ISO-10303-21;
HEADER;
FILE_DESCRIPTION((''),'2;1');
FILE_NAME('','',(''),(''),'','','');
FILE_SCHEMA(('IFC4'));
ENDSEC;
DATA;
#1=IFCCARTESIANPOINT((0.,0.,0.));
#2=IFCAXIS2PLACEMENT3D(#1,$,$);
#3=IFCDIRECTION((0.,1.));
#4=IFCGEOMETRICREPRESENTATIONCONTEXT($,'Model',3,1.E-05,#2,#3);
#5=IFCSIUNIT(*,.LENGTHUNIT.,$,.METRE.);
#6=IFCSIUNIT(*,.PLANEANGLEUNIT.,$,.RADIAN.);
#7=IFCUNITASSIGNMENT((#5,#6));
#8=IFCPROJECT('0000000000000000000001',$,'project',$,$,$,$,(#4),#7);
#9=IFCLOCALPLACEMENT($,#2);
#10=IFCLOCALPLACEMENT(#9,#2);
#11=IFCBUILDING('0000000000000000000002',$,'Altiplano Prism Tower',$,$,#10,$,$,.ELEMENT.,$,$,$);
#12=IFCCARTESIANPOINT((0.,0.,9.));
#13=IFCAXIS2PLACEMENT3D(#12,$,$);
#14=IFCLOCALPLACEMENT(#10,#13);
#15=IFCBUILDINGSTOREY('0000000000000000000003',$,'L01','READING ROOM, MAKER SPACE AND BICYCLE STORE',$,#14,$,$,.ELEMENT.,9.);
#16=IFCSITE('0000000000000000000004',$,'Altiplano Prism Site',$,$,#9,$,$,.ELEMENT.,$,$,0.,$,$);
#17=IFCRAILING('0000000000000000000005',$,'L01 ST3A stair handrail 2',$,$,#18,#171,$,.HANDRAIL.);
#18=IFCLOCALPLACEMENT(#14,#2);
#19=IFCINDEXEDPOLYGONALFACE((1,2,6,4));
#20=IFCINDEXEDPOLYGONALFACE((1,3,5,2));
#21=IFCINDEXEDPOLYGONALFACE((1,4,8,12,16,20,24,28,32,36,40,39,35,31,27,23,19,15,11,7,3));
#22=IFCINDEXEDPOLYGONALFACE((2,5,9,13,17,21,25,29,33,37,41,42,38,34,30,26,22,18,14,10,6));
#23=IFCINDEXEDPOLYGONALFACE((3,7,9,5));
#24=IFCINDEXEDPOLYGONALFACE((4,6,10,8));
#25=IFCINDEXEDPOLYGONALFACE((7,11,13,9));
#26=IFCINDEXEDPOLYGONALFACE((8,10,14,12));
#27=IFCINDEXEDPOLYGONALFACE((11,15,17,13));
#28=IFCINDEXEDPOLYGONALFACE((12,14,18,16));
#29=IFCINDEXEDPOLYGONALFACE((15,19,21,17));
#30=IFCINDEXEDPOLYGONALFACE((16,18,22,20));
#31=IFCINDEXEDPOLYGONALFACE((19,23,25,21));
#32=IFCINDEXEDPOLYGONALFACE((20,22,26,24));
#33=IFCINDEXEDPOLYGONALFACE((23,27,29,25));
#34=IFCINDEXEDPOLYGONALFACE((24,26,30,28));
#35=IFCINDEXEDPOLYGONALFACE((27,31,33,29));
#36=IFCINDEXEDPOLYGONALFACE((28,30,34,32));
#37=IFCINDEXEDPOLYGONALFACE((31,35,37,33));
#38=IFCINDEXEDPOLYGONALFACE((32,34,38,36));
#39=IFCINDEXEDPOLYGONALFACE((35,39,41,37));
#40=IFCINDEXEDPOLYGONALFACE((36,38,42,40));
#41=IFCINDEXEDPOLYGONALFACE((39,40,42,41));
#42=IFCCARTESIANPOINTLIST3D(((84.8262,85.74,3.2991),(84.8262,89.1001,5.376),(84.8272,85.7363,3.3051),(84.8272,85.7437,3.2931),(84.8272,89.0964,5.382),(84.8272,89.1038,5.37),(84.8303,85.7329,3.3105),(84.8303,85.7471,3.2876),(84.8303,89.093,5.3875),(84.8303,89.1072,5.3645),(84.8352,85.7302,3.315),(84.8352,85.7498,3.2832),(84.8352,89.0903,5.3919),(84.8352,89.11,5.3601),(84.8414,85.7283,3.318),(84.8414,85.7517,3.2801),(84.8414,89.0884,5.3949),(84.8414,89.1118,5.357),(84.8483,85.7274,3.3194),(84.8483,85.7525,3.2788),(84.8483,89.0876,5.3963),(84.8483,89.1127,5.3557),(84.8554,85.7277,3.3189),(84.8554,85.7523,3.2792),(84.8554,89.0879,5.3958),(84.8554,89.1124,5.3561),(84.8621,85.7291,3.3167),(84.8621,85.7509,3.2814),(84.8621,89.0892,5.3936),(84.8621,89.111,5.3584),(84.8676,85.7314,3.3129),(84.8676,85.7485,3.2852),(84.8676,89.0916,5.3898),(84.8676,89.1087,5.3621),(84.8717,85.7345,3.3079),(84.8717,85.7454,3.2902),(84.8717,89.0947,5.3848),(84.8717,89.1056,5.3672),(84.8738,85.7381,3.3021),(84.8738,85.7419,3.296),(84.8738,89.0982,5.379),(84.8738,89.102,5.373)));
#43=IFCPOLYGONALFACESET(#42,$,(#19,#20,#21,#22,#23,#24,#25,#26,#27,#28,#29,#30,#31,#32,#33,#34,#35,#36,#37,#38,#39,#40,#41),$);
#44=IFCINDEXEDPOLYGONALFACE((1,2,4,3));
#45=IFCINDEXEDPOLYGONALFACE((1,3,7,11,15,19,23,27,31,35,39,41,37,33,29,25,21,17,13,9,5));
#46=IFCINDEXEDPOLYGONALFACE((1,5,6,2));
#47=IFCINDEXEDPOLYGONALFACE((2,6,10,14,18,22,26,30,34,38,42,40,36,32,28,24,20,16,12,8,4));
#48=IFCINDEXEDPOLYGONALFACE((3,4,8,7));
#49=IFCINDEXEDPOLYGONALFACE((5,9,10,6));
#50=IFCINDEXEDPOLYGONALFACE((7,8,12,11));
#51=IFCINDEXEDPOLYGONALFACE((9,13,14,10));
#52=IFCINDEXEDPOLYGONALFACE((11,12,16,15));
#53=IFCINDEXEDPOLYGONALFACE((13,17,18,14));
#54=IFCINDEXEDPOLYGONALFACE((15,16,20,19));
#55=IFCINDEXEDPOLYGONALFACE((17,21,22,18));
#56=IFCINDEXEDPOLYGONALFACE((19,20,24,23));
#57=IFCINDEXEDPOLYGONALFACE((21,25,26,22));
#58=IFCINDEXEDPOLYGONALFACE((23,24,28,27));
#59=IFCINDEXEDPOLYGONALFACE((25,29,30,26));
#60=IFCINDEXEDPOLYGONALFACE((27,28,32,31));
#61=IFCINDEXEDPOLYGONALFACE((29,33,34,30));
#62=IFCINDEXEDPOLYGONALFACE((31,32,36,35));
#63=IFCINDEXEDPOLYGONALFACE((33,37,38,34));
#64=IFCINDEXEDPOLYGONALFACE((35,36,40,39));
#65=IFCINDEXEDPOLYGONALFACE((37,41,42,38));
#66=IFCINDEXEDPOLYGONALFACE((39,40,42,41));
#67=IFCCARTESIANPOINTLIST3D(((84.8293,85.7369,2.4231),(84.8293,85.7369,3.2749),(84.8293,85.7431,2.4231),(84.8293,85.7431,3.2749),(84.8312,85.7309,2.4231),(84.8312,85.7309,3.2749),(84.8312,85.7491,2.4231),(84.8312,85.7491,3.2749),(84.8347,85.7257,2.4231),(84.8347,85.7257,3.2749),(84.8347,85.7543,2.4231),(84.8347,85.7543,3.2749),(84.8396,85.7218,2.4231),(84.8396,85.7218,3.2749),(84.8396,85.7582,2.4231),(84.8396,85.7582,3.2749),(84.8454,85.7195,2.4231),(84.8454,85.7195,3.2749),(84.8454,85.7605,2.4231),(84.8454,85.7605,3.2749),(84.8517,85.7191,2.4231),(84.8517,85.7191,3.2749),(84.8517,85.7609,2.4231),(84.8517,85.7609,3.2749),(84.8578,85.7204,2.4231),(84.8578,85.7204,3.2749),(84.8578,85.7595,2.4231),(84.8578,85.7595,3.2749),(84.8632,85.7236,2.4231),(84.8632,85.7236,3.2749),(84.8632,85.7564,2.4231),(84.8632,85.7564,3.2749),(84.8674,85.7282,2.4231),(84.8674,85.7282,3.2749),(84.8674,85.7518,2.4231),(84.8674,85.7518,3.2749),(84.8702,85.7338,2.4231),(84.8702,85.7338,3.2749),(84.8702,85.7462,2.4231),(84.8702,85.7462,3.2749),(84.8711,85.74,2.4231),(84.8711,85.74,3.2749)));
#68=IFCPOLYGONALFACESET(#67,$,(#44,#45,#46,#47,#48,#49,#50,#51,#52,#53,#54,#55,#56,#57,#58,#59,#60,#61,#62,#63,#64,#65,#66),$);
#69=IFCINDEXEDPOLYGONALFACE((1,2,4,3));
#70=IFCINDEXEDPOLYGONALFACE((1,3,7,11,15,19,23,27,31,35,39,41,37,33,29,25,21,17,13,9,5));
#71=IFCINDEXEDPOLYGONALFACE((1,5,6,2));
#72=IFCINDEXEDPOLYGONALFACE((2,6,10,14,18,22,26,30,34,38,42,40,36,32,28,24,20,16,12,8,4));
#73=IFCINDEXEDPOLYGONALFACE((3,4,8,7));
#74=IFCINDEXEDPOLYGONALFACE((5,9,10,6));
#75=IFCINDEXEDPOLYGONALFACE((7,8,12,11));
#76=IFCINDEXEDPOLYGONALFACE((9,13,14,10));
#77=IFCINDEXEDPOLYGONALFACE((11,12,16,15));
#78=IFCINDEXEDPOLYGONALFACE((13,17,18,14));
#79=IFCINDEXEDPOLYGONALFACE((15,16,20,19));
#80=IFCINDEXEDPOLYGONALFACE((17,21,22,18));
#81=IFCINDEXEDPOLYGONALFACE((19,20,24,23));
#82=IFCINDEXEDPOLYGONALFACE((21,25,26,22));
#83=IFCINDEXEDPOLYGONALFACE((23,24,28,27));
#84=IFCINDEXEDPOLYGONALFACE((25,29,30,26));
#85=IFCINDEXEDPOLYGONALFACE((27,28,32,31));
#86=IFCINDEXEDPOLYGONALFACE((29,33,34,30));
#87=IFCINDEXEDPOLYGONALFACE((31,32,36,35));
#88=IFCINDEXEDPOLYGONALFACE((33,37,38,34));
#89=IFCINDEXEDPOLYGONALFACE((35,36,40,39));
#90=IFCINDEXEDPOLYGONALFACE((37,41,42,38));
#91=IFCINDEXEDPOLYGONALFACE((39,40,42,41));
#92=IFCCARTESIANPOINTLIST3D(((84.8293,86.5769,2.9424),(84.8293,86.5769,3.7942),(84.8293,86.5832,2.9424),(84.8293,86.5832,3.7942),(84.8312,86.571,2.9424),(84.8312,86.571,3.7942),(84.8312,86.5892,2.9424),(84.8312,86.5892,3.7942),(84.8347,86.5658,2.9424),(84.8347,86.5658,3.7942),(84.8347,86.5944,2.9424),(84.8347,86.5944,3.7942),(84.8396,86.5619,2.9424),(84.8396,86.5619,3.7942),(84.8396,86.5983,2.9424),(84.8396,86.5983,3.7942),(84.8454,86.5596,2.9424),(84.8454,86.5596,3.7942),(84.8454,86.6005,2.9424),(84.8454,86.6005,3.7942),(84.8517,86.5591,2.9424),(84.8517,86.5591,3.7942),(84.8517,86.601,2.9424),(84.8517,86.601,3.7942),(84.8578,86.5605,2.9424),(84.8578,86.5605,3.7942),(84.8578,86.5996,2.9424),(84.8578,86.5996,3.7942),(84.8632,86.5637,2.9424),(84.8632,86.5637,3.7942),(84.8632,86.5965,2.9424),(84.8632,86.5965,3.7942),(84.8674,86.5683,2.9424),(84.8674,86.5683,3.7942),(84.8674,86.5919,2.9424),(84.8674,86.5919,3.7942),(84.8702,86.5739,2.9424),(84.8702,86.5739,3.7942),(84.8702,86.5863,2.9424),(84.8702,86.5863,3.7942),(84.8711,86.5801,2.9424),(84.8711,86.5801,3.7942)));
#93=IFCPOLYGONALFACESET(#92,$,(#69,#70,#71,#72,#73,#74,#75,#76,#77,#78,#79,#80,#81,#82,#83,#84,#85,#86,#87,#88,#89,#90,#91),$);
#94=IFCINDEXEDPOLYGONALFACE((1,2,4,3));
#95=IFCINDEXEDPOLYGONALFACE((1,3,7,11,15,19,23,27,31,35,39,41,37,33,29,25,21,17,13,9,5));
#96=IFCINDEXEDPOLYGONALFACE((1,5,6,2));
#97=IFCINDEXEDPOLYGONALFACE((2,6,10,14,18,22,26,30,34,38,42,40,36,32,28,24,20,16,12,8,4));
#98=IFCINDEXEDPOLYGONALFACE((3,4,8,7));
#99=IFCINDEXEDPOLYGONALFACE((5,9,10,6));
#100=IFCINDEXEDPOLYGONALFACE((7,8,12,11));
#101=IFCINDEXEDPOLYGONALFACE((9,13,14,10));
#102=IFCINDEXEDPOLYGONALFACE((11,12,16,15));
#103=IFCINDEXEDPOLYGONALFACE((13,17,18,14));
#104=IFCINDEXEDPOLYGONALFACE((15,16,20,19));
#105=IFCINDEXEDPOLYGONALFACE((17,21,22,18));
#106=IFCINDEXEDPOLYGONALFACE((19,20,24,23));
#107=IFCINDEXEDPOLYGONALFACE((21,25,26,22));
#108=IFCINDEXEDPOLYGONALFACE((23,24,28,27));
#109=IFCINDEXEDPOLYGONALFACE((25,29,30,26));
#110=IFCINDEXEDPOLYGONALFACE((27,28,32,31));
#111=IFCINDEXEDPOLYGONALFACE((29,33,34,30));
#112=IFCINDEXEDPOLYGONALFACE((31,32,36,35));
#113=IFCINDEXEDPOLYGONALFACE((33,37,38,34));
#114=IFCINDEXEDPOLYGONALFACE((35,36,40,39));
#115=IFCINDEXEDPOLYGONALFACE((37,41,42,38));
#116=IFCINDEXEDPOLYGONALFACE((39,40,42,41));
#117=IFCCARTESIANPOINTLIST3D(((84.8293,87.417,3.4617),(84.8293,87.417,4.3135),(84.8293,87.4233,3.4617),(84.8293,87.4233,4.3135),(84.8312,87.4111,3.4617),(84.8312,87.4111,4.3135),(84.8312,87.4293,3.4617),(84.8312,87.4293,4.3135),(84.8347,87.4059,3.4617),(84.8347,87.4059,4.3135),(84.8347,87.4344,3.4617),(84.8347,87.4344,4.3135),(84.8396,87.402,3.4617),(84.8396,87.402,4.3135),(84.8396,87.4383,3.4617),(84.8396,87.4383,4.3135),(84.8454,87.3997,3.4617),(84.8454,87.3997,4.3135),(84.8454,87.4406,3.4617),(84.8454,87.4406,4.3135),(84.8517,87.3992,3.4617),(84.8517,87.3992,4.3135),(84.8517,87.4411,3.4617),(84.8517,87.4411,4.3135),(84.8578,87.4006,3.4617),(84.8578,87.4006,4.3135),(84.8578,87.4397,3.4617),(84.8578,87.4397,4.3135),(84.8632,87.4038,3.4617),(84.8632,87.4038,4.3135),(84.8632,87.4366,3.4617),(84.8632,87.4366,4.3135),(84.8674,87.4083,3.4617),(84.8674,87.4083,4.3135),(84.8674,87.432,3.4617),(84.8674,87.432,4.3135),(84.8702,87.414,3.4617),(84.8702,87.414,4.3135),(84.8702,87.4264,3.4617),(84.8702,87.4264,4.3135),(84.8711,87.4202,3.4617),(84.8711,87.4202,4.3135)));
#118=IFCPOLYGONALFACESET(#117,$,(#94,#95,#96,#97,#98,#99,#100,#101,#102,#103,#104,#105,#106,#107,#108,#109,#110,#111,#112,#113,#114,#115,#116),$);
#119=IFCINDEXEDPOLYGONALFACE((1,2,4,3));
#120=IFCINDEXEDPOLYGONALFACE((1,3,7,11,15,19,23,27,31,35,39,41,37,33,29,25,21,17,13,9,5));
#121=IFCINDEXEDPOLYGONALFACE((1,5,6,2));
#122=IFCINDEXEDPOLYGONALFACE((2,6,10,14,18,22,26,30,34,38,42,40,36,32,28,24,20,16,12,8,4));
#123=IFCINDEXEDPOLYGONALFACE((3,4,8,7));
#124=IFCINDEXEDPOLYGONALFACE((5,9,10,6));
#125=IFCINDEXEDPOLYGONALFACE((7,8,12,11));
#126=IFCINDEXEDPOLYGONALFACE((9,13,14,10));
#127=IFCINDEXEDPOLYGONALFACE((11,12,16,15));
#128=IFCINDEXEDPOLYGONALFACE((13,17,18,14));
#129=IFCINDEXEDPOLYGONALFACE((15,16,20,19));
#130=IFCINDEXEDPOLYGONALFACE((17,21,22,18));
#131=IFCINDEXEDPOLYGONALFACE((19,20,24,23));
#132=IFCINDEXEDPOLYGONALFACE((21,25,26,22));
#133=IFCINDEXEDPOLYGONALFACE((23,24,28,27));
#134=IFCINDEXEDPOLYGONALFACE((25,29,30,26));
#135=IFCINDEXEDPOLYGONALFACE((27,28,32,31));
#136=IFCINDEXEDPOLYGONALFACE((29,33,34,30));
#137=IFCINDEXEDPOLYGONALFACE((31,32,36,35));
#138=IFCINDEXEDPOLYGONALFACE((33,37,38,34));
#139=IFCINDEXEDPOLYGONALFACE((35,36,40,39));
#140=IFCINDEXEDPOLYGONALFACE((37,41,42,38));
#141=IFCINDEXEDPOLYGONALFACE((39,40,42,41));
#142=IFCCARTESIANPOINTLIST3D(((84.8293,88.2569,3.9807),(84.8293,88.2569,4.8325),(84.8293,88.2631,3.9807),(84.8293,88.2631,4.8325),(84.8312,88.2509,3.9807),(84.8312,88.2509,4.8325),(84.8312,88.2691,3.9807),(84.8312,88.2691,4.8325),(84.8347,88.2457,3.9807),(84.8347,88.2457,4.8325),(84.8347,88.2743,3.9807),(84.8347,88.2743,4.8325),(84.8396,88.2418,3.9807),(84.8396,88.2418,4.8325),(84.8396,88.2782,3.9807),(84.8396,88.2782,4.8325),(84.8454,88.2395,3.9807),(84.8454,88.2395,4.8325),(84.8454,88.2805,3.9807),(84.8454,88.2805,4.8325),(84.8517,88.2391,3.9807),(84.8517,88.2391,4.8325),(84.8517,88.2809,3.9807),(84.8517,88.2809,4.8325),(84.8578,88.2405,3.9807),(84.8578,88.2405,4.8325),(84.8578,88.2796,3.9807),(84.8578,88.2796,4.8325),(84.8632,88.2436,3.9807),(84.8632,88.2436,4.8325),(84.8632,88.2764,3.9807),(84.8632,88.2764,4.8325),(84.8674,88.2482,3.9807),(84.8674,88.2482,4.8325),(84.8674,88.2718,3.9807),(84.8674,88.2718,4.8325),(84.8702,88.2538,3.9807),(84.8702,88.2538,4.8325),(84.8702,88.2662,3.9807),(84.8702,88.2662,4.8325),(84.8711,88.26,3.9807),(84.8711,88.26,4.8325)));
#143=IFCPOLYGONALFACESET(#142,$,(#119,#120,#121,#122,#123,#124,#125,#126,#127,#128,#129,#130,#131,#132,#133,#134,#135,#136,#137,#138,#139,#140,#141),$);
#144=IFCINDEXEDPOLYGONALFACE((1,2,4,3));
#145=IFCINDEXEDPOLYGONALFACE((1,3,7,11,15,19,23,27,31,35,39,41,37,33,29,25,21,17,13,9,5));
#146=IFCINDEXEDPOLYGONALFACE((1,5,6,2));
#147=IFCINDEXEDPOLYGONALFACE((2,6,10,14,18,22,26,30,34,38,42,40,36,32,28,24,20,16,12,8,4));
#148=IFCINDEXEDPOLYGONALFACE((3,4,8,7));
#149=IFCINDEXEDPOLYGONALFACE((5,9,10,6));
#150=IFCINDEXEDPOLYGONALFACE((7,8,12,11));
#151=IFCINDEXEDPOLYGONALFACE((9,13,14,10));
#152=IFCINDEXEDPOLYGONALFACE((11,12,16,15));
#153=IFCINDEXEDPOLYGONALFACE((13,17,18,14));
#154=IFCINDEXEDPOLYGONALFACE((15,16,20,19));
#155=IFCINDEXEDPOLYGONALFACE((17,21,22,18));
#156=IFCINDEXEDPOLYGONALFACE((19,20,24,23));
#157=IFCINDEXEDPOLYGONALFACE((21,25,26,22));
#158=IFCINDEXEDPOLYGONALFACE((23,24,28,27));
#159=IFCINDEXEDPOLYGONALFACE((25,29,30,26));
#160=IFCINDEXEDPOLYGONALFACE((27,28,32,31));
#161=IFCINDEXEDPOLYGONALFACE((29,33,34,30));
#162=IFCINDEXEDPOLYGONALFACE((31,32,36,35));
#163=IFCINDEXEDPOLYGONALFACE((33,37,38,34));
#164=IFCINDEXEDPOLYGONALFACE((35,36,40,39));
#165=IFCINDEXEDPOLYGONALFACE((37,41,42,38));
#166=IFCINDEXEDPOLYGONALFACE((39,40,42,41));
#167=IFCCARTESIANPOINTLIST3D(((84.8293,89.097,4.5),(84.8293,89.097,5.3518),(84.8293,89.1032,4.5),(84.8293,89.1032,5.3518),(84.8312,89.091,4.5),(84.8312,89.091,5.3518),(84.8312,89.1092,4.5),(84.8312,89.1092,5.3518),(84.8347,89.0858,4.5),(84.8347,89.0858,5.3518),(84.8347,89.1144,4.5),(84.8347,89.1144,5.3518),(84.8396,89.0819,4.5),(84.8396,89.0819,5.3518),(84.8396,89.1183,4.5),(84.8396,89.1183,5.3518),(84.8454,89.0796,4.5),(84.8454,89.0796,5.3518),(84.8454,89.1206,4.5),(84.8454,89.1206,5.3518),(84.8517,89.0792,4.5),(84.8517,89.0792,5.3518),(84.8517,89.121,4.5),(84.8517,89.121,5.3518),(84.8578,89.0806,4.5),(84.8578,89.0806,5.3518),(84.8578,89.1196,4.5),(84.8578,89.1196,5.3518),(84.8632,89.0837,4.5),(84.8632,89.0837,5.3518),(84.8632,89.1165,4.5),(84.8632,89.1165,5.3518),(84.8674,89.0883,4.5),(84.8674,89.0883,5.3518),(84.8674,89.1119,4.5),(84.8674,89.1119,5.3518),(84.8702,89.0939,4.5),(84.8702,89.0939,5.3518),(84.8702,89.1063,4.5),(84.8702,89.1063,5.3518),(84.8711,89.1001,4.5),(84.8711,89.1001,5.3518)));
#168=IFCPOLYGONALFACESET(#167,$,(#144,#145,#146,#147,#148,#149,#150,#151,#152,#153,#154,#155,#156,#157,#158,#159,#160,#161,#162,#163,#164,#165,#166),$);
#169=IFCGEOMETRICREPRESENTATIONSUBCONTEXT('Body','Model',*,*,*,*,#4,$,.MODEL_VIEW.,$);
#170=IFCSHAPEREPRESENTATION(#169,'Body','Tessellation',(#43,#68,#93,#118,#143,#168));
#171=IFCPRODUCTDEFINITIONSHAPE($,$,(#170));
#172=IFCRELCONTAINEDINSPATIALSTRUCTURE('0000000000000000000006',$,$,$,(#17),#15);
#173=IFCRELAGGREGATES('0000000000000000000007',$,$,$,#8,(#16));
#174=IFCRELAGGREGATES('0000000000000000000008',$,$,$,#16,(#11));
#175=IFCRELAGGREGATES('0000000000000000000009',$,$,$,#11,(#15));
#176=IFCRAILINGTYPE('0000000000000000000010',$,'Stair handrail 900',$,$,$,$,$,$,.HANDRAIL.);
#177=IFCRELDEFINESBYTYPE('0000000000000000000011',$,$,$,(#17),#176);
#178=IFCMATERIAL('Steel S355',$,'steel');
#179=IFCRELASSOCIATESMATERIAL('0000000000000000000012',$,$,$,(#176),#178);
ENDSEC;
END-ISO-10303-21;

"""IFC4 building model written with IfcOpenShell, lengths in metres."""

from ifc_helpers import new_model, si_unit, direction, frame, origin, origin_2d, place, context, subcontext, project, spatial, circle, extrude, material, type_object, element, save


model = new_model("IFC4")

# Units and contexts
model_context = context("Model", 3, precision=1e-05, world=origin(), true_north=direction((0.0, 1.0)))
body_context = subcontext(model_context, "Body", "Model", "MODEL_VIEW")
ifc_project = project(units=[si_unit("LENGTHUNIT", "METRE"), si_unit("PLANEANGLEUNIT", "RADIAN")], contexts=[model_context])

# Site, building, storey
site_placement = place(None, origin())
site = spatial("IfcSite", under=ifc_project, at=site_placement, Name="Altiplano Prism Site", CompositionType="ELEMENT", RefElevation=0.0)
building_placement = place(site_placement, origin())
building = spatial("IfcBuilding", under=site, at=building_placement, Name="Altiplano Prism Tower", CompositionType="ELEMENT")
storey_placement = place(building_placement, frame((0.0, 0.0, 9.0)))
storey = spatial("IfcBuildingStorey", under=building, at=storey_placement, Name="L01", Description="READING ROOM, MAKER SPACE AND BICYCLE STORE", CompositionType="ELEMENT", Elevation=9.0)

# Railing
ifc_material_1 = material(Name="Steel S355", Category="steel")
railing_type_1 = type_object("IfcRailingType", Name="Stair handrail 900", PredefinedType="HANDRAIL", material=ifc_material_1)
railing_1_placement = place(storey_placement, frame((84.8501, 85.74, 2.4231)))
element("IfcRailing", 1, at=railing_1_placement, inside=storey, type_object=railing_type_1, Name="L01 ST3A stair handrail 2", PredefinedType="HANDRAIL", context=body_context, shape_type="SweptSolid", body=[
    extrude(circle(Radius=0.0239, at=origin_2d()), frame((0.0, 0.0, 0.876), z_axis=(0.0, 0.850623, 0.525776), x_axis=(-1.0, 0.0, 0.0)), (0.0, 0.0, 1.0), 3.9502),
    extrude(circle(Radius=0.021, at=origin_2d()), origin(), (0.0, 0.0, 1.0), 0.8518),
    extrude(circle(Radius=0.021, at=origin_2d()), frame((0.0, 0.8401, 0.5193)), (0.0, 0.0, 1.0), 0.8518),
    extrude(circle(Radius=0.021, at=origin_2d()), frame((0.0, 1.6802, 1.0386)), (0.0, 0.0, 1.0), 0.8518),
    extrude(circle(Radius=0.021, at=origin_2d()), frame((0.0, 2.52, 1.5576)), (0.0, 0.0, 1.0), 0.8518),
    extrude(circle(Radius=0.021, at=origin_2d()), frame((0.0, 3.3601, 2.0769)), (0.0, 0.0, 1.0), 0.8518),
])

save(model, "model.ifc")
